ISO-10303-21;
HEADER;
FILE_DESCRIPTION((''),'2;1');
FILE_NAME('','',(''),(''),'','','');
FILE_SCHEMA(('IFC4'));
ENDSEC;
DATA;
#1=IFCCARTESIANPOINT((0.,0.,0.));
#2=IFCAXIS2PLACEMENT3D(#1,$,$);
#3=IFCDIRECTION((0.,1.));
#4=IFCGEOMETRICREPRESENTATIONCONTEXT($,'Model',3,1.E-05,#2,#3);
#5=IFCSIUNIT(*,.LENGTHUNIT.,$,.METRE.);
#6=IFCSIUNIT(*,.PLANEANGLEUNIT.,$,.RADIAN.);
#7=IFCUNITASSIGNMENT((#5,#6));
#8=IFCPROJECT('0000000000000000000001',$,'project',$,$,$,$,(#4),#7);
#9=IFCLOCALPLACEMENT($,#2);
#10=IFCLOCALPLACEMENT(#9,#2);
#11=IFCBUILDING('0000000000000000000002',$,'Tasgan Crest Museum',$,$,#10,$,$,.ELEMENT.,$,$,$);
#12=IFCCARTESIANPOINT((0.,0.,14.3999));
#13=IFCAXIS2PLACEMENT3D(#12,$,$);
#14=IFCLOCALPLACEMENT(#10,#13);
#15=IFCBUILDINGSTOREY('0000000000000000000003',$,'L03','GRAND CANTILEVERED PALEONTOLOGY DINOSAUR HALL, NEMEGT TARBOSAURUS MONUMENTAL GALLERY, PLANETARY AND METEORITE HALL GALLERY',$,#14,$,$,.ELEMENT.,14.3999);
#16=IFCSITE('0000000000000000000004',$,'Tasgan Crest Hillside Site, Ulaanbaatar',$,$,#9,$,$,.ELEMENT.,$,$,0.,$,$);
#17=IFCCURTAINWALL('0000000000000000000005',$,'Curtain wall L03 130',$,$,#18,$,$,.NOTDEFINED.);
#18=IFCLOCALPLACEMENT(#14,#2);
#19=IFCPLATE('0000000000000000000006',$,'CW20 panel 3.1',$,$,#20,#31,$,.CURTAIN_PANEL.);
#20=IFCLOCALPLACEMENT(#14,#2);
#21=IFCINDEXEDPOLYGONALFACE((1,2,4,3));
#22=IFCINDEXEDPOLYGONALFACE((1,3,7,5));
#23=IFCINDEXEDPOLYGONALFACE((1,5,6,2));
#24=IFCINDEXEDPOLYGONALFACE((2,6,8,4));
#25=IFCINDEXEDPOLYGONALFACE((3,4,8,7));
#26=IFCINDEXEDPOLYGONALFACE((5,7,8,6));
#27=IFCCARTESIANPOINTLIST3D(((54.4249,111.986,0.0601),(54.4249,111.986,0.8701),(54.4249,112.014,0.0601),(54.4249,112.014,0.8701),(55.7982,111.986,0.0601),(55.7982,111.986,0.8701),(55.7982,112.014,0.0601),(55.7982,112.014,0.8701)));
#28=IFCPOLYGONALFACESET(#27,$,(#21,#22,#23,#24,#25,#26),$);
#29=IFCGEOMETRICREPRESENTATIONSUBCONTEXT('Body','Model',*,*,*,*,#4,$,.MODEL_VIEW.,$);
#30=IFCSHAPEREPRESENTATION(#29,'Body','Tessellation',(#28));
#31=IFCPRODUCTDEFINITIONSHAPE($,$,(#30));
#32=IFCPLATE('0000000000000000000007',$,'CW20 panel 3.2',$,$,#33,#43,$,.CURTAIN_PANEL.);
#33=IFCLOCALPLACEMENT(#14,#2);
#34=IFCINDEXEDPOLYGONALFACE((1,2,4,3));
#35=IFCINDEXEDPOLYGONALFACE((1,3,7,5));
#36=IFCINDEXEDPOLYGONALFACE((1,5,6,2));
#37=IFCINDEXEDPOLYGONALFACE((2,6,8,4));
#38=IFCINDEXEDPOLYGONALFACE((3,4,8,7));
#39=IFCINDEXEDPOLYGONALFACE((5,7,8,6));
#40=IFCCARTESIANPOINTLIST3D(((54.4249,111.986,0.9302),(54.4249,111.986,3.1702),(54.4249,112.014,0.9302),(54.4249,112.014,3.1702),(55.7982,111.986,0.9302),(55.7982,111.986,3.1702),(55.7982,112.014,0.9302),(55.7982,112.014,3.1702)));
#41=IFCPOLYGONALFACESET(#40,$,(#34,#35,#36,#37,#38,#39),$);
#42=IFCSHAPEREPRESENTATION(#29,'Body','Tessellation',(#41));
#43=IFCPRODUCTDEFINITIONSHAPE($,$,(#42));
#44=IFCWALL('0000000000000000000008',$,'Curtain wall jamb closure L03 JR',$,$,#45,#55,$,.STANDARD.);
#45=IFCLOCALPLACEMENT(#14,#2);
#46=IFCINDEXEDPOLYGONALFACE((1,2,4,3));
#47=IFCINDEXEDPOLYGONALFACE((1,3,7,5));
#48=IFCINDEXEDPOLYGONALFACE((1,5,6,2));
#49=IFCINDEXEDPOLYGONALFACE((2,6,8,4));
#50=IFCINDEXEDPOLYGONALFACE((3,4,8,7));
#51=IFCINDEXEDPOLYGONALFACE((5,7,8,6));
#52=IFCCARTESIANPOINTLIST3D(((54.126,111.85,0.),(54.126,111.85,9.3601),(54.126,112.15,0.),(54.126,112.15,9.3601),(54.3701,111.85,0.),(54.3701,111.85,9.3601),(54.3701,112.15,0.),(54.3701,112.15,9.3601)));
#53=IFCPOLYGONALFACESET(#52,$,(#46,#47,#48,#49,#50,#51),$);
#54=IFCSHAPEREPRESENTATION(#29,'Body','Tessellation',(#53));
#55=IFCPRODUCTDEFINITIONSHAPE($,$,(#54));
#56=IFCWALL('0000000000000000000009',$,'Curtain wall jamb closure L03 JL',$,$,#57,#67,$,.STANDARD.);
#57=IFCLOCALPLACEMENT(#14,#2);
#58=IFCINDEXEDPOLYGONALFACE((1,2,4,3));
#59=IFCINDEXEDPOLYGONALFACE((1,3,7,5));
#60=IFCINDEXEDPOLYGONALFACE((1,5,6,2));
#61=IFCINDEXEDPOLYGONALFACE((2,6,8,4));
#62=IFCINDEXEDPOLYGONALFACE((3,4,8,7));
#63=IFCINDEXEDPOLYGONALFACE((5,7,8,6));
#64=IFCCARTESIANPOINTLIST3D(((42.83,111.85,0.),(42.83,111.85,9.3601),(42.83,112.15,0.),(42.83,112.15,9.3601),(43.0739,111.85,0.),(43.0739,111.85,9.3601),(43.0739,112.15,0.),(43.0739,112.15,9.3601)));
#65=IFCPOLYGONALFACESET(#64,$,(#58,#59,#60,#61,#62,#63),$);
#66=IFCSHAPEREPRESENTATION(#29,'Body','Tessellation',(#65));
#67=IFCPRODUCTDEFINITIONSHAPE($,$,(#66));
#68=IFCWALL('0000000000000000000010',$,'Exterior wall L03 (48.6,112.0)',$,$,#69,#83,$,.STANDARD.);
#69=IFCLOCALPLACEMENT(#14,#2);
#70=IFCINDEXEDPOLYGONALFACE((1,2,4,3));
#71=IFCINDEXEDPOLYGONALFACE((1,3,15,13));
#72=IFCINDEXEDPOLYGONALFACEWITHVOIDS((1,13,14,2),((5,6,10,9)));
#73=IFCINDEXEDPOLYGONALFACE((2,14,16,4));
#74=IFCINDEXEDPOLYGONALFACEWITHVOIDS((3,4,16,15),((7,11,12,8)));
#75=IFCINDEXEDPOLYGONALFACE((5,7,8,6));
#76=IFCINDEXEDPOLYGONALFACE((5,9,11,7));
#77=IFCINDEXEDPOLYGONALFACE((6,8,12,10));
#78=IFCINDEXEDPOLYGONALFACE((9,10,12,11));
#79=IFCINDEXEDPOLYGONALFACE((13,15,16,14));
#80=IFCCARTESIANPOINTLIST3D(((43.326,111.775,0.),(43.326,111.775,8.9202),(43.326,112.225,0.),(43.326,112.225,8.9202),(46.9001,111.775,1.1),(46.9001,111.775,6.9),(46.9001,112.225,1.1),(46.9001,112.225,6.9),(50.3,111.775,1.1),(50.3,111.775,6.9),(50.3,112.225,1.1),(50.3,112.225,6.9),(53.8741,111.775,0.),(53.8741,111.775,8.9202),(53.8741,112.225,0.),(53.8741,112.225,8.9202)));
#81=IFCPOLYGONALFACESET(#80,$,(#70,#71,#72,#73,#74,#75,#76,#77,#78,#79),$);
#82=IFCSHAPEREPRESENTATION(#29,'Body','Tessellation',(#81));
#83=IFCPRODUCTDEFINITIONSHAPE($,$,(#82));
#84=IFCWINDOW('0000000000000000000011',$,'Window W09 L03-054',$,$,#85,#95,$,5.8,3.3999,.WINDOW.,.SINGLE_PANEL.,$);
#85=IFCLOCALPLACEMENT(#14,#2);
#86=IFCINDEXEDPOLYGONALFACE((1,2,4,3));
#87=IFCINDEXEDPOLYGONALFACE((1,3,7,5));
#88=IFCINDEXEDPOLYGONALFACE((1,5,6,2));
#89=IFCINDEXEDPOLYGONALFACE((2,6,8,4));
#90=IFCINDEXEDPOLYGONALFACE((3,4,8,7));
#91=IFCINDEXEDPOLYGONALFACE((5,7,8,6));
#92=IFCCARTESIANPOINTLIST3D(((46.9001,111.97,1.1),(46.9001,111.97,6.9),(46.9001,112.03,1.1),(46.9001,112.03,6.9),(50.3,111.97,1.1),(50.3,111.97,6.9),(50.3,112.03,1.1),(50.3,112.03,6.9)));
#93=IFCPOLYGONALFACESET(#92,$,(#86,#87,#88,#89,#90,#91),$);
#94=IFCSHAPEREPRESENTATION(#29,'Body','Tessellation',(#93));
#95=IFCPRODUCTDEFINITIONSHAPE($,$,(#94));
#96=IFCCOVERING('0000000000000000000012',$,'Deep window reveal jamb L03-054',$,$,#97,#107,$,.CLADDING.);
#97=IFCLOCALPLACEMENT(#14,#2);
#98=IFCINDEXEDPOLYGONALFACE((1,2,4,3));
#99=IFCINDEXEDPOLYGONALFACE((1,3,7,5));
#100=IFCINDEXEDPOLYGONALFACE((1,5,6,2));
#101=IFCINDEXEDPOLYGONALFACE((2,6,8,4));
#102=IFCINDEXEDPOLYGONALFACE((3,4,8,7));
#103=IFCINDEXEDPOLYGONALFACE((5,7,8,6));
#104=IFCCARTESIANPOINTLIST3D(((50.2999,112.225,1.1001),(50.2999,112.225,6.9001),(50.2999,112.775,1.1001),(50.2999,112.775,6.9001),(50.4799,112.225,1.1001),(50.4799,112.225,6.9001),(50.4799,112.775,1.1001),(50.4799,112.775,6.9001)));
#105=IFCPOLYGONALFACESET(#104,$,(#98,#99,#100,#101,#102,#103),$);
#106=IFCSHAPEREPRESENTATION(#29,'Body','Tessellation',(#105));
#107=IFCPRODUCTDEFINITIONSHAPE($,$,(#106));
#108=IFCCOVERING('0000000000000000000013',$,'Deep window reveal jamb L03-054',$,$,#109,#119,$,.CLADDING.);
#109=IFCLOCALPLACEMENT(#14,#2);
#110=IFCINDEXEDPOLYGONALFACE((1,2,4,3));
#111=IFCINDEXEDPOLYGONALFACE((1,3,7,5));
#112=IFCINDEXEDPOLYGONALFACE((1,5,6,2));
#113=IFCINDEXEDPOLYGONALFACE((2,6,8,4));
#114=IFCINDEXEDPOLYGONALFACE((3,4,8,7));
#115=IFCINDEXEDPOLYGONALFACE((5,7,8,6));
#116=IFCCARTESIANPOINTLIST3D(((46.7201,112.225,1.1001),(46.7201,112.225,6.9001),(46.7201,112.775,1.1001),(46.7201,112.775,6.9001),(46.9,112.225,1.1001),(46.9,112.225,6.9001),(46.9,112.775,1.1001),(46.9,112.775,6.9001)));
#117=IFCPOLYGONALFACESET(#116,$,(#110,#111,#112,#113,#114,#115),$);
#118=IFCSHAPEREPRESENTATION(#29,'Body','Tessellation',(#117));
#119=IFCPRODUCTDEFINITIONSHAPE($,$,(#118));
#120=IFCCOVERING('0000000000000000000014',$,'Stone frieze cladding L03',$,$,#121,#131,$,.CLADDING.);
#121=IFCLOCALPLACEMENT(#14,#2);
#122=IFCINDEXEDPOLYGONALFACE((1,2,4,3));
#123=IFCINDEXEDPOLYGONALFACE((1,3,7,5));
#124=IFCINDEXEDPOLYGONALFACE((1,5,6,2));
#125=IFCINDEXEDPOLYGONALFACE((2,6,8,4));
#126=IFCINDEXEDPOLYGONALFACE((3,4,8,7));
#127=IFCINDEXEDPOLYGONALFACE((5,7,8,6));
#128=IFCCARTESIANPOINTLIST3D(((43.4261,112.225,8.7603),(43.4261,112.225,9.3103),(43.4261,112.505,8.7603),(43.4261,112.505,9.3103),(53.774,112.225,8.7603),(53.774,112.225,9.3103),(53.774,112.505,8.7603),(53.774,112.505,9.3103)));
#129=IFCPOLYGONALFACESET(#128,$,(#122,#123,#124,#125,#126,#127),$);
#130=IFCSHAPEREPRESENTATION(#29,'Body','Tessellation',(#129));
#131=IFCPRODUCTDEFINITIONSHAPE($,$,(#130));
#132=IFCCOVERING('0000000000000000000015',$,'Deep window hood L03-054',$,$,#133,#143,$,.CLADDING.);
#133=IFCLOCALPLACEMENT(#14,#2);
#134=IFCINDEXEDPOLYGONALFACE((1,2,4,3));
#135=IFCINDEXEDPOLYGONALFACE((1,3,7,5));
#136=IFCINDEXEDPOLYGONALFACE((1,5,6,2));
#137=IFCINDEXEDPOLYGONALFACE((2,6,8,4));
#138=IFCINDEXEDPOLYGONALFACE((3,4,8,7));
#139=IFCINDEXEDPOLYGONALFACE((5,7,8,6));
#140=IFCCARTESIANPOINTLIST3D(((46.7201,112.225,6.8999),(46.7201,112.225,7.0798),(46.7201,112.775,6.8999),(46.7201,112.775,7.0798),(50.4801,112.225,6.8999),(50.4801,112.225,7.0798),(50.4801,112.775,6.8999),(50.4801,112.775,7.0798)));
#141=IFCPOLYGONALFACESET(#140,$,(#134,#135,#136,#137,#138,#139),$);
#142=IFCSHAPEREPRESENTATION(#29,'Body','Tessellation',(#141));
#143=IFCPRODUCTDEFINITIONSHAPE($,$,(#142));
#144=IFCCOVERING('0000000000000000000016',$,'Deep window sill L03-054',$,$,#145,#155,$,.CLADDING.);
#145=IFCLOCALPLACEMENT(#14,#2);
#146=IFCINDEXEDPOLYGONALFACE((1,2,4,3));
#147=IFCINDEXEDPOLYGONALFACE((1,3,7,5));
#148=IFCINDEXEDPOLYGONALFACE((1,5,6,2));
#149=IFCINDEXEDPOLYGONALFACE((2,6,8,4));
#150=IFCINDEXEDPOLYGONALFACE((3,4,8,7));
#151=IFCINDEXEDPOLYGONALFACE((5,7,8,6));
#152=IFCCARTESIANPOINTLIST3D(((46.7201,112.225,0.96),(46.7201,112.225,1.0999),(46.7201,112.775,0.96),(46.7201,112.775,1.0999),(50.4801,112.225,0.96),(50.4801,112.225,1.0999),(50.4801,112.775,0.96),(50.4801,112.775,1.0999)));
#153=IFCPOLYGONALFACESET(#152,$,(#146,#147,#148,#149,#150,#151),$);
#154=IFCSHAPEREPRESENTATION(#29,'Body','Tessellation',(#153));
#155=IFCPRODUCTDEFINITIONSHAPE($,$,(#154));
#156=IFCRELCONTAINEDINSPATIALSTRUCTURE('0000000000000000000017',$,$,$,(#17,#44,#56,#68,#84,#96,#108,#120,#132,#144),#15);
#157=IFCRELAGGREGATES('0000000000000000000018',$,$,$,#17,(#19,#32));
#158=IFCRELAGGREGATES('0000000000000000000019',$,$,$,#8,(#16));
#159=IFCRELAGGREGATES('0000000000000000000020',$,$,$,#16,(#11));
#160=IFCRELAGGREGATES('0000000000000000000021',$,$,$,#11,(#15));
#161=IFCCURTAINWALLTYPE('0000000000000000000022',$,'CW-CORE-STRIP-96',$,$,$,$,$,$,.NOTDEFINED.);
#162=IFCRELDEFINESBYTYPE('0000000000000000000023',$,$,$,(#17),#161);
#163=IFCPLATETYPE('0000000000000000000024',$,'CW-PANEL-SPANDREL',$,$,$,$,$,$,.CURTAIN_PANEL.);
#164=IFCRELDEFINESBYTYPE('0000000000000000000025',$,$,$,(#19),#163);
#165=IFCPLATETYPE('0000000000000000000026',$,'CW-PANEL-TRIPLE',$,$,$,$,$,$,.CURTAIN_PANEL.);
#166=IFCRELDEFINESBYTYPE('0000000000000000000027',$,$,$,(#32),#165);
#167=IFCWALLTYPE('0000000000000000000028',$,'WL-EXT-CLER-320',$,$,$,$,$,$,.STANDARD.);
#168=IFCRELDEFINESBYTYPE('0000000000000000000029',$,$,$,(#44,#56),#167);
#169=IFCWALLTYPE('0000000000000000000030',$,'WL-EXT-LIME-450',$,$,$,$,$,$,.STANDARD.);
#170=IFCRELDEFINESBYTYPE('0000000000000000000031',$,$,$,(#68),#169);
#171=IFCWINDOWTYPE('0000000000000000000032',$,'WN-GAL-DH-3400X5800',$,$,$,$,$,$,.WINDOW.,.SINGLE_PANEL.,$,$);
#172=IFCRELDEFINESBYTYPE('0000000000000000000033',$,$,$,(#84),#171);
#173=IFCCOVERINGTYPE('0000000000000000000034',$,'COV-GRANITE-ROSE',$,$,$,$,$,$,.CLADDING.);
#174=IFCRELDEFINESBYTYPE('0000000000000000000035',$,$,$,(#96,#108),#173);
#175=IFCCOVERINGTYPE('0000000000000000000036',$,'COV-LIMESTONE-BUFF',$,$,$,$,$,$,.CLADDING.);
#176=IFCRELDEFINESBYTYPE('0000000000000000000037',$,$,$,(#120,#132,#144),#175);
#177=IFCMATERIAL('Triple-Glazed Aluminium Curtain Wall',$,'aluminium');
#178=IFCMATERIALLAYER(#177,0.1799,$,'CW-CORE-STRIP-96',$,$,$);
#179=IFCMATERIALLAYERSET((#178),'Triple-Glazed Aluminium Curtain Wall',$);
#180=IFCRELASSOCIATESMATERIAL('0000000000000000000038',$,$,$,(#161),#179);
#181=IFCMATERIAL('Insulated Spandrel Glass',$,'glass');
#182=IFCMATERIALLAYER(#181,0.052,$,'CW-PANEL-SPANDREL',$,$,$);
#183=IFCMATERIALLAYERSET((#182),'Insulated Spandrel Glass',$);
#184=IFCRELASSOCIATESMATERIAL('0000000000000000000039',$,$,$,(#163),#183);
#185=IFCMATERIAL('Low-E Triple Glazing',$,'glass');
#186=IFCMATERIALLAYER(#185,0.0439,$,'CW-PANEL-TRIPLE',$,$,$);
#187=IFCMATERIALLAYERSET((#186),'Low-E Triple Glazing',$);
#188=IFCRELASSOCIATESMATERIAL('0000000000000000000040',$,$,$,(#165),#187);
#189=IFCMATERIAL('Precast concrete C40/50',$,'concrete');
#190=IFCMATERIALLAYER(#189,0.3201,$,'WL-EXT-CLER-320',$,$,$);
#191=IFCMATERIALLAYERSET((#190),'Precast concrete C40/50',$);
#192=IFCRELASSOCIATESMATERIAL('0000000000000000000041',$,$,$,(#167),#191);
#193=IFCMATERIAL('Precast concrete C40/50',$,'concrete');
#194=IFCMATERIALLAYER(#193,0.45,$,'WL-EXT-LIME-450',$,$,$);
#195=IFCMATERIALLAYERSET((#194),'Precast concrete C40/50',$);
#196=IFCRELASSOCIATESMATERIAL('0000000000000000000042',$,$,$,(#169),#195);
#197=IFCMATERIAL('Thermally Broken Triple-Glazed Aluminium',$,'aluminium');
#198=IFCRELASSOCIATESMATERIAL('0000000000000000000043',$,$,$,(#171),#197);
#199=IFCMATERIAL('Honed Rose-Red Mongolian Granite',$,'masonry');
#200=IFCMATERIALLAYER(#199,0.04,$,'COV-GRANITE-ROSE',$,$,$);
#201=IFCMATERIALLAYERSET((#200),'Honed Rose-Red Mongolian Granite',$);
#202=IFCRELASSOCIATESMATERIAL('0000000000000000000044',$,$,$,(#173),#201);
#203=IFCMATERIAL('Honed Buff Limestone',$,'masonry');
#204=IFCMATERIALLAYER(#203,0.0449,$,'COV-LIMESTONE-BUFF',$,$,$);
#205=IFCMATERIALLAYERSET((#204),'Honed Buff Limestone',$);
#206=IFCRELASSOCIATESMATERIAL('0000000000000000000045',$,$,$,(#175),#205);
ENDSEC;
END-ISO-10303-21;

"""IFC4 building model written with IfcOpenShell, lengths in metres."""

from ifc_helpers import new_model, si_unit, direction, frame, frame_2d, origin, origin_2d, place, context, subcontext, project, spatial, rectangle, extrude, material, layer, layer_set, type_object, element, fill, aggregate, save


model = new_model("IFC4")

# Units and contexts
model_context = context("Model", 3, precision=1e-05, world=origin(), true_north=direction((0.0, 1.0)))
body_context = subcontext(model_context, "Body", "Model", "MODEL_VIEW")
ifc_project = project(units=[si_unit("LENGTHUNIT", "METRE"), si_unit("PLANEANGLEUNIT", "RADIAN")], contexts=[model_context])

# Site, building, storey
site_placement = place(None, origin())
site = spatial("IfcSite", under=ifc_project, at=site_placement, Name="Tasgan Crest Hillside Site, Ulaanbaatar", CompositionType="ELEMENT", RefElevation=0.0)
building_placement = place(site_placement, origin())
building = spatial("IfcBuilding", under=site, at=building_placement, Name="Tasgan Crest Museum", CompositionType="ELEMENT")
storey_placement = place(building_placement, frame((0.0, 0.0, 14.3999)))
storey = spatial("IfcBuildingStorey", under=building, at=storey_placement, Name="L03", Description="GRAND CANTILEVERED PALEONTOLOGY DINOSAUR HALL, NEMEGT TARBOSAURUS MONUMENTAL GALLERY, PLANETARY AND METEORITE HALL GALLERY", CompositionType="ELEMENT", Elevation=14.3999)

# Curtain wall
ifc_material_1 = material(Name="Triple-Glazed Aluminium Curtain Wall", Category="aluminium")
ifc_layer_1 = layer(ifc_material_1, 0.1799, Name="CW-CORE-STRIP-96")
ifc_layer_set_1 = layer_set([ifc_layer_1], Name="Triple-Glazed Aluminium Curtain Wall")
curtain_wall_type_1 = type_object("IfcCurtainWallType", Name="CW-CORE-STRIP-96", PredefinedType="NOTDEFINED", material=ifc_layer_set_1)
curtain_wall_1_placement = place(storey_placement, origin())
curtain_wall_1 = element("IfcCurtainWall", 1, at=curtain_wall_1_placement, inside=storey, type_object=curtain_wall_type_1, Name="Curtain wall L03 130", PredefinedType="NOTDEFINED")

# Plates
ifc_material_2 = material(Name="Insulated Spandrel Glass", Category="glass")
ifc_layer_2 = layer(ifc_material_2, 0.052, Name="CW-PANEL-SPANDREL")
ifc_layer_set_2 = layer_set([ifc_layer_2], Name="Insulated Spandrel Glass")
plate_type_1 = type_object("IfcPlateType", Name="CW-PANEL-SPANDREL", PredefinedType="CURTAIN_PANEL", material=ifc_layer_set_2)
plate_1_placement = place(storey_placement, frame((55.1116, 112.0, 0.0601), z_axis=(0.0, 0.0, 1.0), x_axis=(-1.0, 0.0, 0.0)))
plate_1 = element("IfcPlate", 2, at=plate_1_placement, type_object=plate_type_1, Name="CW20 panel 3.1", PredefinedType="CURTAIN_PANEL", context=body_context, shape_type="SweptSolid", body=[
    extrude(rectangle(XDim=1.3733, YDim=0.0281, at=origin_2d()), origin(), (0.0, 0.0, 1.0), 0.8101),
])
ifc_material_3 = material(Name="Low-E Triple Glazing", Category="glass")
ifc_layer_3 = layer(ifc_material_3, 0.0439, Name="CW-PANEL-TRIPLE")
ifc_layer_set_3 = layer_set([ifc_layer_3], Name="Low-E Triple Glazing")
plate_type_2 = type_object("IfcPlateType", Name="CW-PANEL-TRIPLE", PredefinedType="CURTAIN_PANEL", material=ifc_layer_set_3)
plate_2_placement = place(storey_placement, frame((55.1116, 112.0, 0.9302), z_axis=(0.0, 0.0, 1.0), x_axis=(-1.0, 0.0, 0.0)))
plate_2 = element("IfcPlate", 3, at=plate_2_placement, type_object=plate_type_2, Name="CW20 panel 3.2", PredefinedType="CURTAIN_PANEL", context=body_context, shape_type="SweptSolid", body=[
    extrude(rectangle(XDim=1.3733, YDim=0.0281, at=origin_2d()), origin(), (0.0, 0.0, 1.0), 2.24),
])
aggregate(curtain_wall_1, [plate_1, plate_2])

# Walls
ifc_material_4 = material(Name="Precast concrete C40/50", Category="concrete")
ifc_layer_4 = layer(ifc_material_4, 0.3201, Name="WL-EXT-CLER-320")
ifc_layer_set_4 = layer_set([ifc_layer_4], Name="Precast concrete C40/50")
wall_type_1 = type_object("IfcWallType", Name="WL-EXT-CLER-320", PredefinedType="STANDARD", material=ifc_layer_set_4)
wall_1_placement = place(storey_placement, frame((54.3701, 112.0, 0.0), z_axis=(0.0, 0.0, 1.0), x_axis=(-1.0, 0.0, 0.0)))
element("IfcWall", 4, at=wall_1_placement, inside=storey, type_object=wall_type_1, Name="Curtain wall jamb closure L03 JR", PredefinedType="STANDARD", context=body_context, shape_type="SweptSolid", body=[
    extrude(rectangle(XDim=0.2441, YDim=0.3, at=frame_2d((0.1221, 0.0))), origin(), (0.0, 0.0, 1.0), 9.3601),
])
wall_2_placement = place(storey_placement, frame((43.074, 112.0, 0.0), z_axis=(0.0, 0.0, 1.0), x_axis=(-1.0, 0.0, 0.0)))
element("IfcWall", 5, at=wall_2_placement, inside=storey, type_object=wall_type_1, Name="Curtain wall jamb closure L03 JL", PredefinedType="STANDARD", context=body_context, shape_type="SweptSolid", body=[
    extrude(rectangle(XDim=0.2439, YDim=0.3, at=frame_2d((0.1221, 0.0))), origin(), (0.0, 0.0, 1.0), 9.3601),
])

# Wall, opening, window
ifc_material_5 = material(Name="Precast concrete C40/50", Category="concrete")
ifc_layer_5 = layer(ifc_material_5, 0.45, Name="WL-EXT-LIME-450")
ifc_layer_set_5 = layer_set([ifc_layer_5], Name="Precast concrete C40/50")
wall_type_2 = type_object("IfcWallType", Name="WL-EXT-LIME-450", PredefinedType="STANDARD", material=ifc_layer_set_5)
wall_3_placement = place(storey_placement, frame((53.874, 112.0, 0.0), z_axis=(0.0, 0.0, 1.0), x_axis=(-1.0, 0.0, 0.0)))
wall_3 = element("IfcWall", 6, at=wall_3_placement, inside=storey, type_object=wall_type_2, Name="Exterior wall L03 (48.6,112.0)", PredefinedType="STANDARD", context=body_context, shape_type="SweptSolid", body=[
    extrude(rectangle(XDim=10.5481, YDim=0.45, at=frame_2d((5.2739, 0.0))), origin(), (0.0, 0.0, 1.0), 8.9202),
])
opening_placement = place(wall_3_placement, frame((3.574, 0.0, 1.1001)))
opening = element("IfcOpeningElement", 7, at=opening_placement, cuts=wall_3, PredefinedType="OPENING", context=body_context, shape_type="SweptSolid", body=[
    extrude(rectangle(XDim=3.3999, YDim=5.8, at=frame_2d((1.7, 2.8999))), frame((0.0, 0.2349, 0.0), z_axis=(0.0, -1.0, 0.0), x_axis=(1.0, 0.0, 0.0)), (0.0, 0.0, 1.0), 0.47),
])
ifc_material_6 = material(Name="Thermally Broken Triple-Glazed Aluminium", Category="aluminium")
window_type = type_object("IfcWindowType", Name="WN-GAL-DH-3400X5800", PartitioningType="SINGLE_PANEL", PredefinedType="WINDOW", material=ifc_material_6)
window_placement = place(opening_placement, origin())
window = element("IfcWindow", 8, at=window_placement, inside=storey, type_object=window_type, Name="Window W09 L03-054", OverallHeight=5.8, OverallWidth=3.3999, PartitioningType="SINGLE_PANEL", PredefinedType="WINDOW", context=body_context, shape_type="SweptSolid", body=[
    extrude(rectangle(XDim=3.3999, YDim=5.8, at=frame_2d((1.7, 2.8999))), frame((0.0, 0.03, 0.0), z_axis=(0.0, -1.0, 0.0), x_axis=(1.0, 0.0, 0.0)), (0.0, 0.0, 1.0), 0.0601),
])
fill(opening, window)

# Coverings
ifc_material_7 = material(Name="Honed Rose-Red Mongolian Granite", Category="masonry")
ifc_layer_6 = layer(ifc_material_7, 0.04, Name="COV-GRANITE-ROSE")
ifc_layer_set_6 = layer_set([ifc_layer_6], Name="Honed Rose-Red Mongolian Granite")
covering_type_1 = type_object("IfcCoveringType", Name="COV-GRANITE-ROSE", PredefinedType="CLADDING", material=ifc_layer_set_6)
for number, where, z_axis, x_axis, name in (
    (9, (50.3899, 112.5, 1.1001), (0.0, 0.0, 1.0), (-1.0, 0.0, 0.0), "Deep window reveal jamb L03-054"),
    (10, (46.8101, 112.5, 1.1001), (0.0, 0.0, 1.0), (-1.0, 0.0, 0.0), "Deep window reveal jamb L03-054"),
):
    element("IfcCovering", number, at=place(storey_placement, frame(where, z_axis=z_axis, x_axis=x_axis)), inside=storey, type_object=covering_type_1, Name=name, PredefinedType="CLADDING", context=body_context, shape_type="SweptSolid", body=[
        extrude(rectangle(XDim=0.1799, YDim=0.55, at=origin_2d()), origin(), (0.0, 0.0, 1.0), 5.8),
    ])
ifc_material_8 = material(Name="Honed Buff Limestone", Category="masonry")
ifc_layer_7 = layer(ifc_material_8, 0.0449, Name="COV-LIMESTONE-BUFF")
ifc_layer_set_7 = layer_set([ifc_layer_7], Name="Honed Buff Limestone")
covering_type_2 = type_object("IfcCoveringType", Name="COV-LIMESTONE-BUFF", PredefinedType="CLADDING", material=ifc_layer_set_7)
covering_1_placement = place(storey_placement, frame((48.6001, 112.365, 8.7603), z_axis=(0.0, 0.0, 1.0), x_axis=(-1.0, 0.0, 0.0)))
element("IfcCovering", 11, at=covering_1_placement, inside=storey, type_object=covering_type_2, Name="Stone frieze cladding L03", PredefinedType="CLADDING", context=body_context, shape_type="SweptSolid", body=[
    extrude(rectangle(XDim=10.3479, YDim=0.28, at=origin_2d()), origin(), (0.0, 0.0, 1.0), 0.55),
])
covering_2_placement = place(storey_placement, frame((48.6001, 112.5, 6.8999), z_axis=(0.0, 0.0, 1.0), x_axis=(-1.0, 0.0, 0.0)))
element("IfcCovering", 12, at=covering_2_placement, inside=storey, type_object=covering_type_2, Name="Deep window hood L03-054", PredefinedType="CLADDING", context=body_context, shape_type="SweptSolid", body=[
    extrude(rectangle(XDim=3.76, YDim=0.55, at=origin_2d()), origin(), (0.0, 0.0, 1.0), 0.1799),
])
covering_3_placement = place(storey_placement, frame((48.6001, 112.5, 0.96), z_axis=(0.0, 0.0, 1.0), x_axis=(-1.0, 0.0, 0.0)))
element("IfcCovering", 13, at=covering_3_placement, inside=storey, type_object=covering_type_2, Name="Deep window sill L03-054", PredefinedType="CLADDING", context=body_context, shape_type="SweptSolid", body=[
    extrude(rectangle(XDim=3.76, YDim=0.55, at=origin_2d()), origin(), (0.0, 0.0, 1.0), 0.1399),
])

save(model, "model.ifc")
